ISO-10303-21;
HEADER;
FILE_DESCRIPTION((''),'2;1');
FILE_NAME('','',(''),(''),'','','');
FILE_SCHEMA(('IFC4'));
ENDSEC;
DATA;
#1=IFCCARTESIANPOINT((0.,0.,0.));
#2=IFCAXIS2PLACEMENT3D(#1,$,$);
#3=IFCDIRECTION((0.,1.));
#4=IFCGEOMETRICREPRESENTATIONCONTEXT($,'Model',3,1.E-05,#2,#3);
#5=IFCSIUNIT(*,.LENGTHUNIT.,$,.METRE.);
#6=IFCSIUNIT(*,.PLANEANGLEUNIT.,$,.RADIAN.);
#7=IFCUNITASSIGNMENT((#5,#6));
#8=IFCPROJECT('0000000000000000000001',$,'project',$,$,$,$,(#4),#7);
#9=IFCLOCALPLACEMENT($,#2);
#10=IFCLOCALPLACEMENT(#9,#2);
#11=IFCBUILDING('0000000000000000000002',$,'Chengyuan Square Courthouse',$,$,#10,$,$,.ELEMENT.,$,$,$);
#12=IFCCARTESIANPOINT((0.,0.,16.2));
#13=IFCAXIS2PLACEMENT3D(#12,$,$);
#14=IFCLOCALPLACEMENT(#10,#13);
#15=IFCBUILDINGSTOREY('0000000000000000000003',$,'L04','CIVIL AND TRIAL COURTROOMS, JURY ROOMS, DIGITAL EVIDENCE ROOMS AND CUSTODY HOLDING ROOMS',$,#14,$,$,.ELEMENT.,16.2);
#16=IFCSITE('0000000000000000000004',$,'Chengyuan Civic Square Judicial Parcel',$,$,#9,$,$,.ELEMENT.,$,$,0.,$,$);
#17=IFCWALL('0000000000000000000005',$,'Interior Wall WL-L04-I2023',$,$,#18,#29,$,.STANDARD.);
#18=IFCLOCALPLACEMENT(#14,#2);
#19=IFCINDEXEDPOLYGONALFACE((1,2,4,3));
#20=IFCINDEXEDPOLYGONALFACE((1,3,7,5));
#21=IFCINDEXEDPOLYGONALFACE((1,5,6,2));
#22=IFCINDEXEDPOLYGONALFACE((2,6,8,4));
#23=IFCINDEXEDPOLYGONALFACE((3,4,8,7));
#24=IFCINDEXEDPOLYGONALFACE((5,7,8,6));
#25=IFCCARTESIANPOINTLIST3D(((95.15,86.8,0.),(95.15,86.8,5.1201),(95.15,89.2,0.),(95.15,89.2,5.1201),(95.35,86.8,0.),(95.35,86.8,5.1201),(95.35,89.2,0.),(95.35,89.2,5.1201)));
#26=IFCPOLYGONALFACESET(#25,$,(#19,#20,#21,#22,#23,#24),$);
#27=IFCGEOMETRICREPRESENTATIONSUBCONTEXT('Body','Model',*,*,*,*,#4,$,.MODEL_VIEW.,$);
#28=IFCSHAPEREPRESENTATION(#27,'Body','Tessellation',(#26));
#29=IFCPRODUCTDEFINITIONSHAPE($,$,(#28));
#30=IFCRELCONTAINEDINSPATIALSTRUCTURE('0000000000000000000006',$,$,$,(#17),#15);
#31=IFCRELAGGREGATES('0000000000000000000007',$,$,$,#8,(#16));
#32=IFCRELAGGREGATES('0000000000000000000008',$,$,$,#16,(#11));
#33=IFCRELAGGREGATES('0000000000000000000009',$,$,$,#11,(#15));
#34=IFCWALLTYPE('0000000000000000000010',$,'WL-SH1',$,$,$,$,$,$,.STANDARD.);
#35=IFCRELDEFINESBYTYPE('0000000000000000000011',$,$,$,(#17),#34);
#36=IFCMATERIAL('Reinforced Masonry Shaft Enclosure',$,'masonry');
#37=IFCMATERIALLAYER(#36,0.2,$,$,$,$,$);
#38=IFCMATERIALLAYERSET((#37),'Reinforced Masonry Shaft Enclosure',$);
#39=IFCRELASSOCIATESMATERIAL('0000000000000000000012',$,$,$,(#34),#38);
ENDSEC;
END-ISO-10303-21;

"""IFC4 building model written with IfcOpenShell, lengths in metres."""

from ifc_helpers import new_model, si_unit, direction, frame, frame_2d, origin, place, context, subcontext, project, spatial, rectangle, extrude, material, layer, layer_set, type_object, element, save


model = new_model("IFC4")

# Units and contexts
model_context = context("Model", 3, precision=1e-05, world=origin(), true_north=direction((0.0, 1.0)))
body_context = subcontext(model_context, "Body", "Model", "MODEL_VIEW")
ifc_project = project(units=[si_unit("LENGTHUNIT", "METRE"), si_unit("PLANEANGLEUNIT", "RADIAN")], contexts=[model_context])

# Site, building, storey
site_placement = place(None, origin())
site = spatial("IfcSite", under=ifc_project, at=site_placement, Name="Chengyuan Civic Square Judicial Parcel", CompositionType="ELEMENT", RefElevation=0.0)
building_placement = place(site_placement, origin())
building = spatial("IfcBuilding", under=site, at=building_placement, Name="Chengyuan Square Courthouse", CompositionType="ELEMENT")
storey_placement = place(building_placement, frame((0.0, 0.0, 16.2)))
storey = spatial("IfcBuildingStorey", under=building, at=storey_placement, Name="L04", Description="CIVIL AND TRIAL COURTROOMS, JURY ROOMS, DIGITAL EVIDENCE ROOMS AND CUSTODY HOLDING ROOMS", CompositionType="ELEMENT", Elevation=16.2)

# Shared definitions
ifc_material_1 = material(Name="Reinforced Masonry Shaft Enclosure", Category="masonry")
ifc_layer_1 = layer(ifc_material_1, 0.2)
ifc_layer_set_1 = layer_set([ifc_layer_1], Name="Reinforced Masonry Shaft Enclosure")
wall_type_1 = type_object("IfcWallType", Name="WL-SH1", PredefinedType="STANDARD", material=ifc_layer_set_1)

# Wall
wall_1_placement = place(storey_placement, frame((95.25, 86.8, 0.0), z_axis=(0.0, 0.0, 1.0), x_axis=(0.0, 1.0, 0.0)))
element("IfcWall", 1, at=wall_1_placement, inside=storey, type_object=wall_type_1, Name="Interior Wall WL-L04-I2023", PredefinedType="STANDARD", context=body_context, shape_type="SweptSolid", body=[
    extrude(rectangle(XDim=2.3999, YDim=0.2, at=frame_2d((1.2, 0.0))), origin(), (0.0, 0.0, 1.0), 5.1201),
])

save(model, "model.ifc")
